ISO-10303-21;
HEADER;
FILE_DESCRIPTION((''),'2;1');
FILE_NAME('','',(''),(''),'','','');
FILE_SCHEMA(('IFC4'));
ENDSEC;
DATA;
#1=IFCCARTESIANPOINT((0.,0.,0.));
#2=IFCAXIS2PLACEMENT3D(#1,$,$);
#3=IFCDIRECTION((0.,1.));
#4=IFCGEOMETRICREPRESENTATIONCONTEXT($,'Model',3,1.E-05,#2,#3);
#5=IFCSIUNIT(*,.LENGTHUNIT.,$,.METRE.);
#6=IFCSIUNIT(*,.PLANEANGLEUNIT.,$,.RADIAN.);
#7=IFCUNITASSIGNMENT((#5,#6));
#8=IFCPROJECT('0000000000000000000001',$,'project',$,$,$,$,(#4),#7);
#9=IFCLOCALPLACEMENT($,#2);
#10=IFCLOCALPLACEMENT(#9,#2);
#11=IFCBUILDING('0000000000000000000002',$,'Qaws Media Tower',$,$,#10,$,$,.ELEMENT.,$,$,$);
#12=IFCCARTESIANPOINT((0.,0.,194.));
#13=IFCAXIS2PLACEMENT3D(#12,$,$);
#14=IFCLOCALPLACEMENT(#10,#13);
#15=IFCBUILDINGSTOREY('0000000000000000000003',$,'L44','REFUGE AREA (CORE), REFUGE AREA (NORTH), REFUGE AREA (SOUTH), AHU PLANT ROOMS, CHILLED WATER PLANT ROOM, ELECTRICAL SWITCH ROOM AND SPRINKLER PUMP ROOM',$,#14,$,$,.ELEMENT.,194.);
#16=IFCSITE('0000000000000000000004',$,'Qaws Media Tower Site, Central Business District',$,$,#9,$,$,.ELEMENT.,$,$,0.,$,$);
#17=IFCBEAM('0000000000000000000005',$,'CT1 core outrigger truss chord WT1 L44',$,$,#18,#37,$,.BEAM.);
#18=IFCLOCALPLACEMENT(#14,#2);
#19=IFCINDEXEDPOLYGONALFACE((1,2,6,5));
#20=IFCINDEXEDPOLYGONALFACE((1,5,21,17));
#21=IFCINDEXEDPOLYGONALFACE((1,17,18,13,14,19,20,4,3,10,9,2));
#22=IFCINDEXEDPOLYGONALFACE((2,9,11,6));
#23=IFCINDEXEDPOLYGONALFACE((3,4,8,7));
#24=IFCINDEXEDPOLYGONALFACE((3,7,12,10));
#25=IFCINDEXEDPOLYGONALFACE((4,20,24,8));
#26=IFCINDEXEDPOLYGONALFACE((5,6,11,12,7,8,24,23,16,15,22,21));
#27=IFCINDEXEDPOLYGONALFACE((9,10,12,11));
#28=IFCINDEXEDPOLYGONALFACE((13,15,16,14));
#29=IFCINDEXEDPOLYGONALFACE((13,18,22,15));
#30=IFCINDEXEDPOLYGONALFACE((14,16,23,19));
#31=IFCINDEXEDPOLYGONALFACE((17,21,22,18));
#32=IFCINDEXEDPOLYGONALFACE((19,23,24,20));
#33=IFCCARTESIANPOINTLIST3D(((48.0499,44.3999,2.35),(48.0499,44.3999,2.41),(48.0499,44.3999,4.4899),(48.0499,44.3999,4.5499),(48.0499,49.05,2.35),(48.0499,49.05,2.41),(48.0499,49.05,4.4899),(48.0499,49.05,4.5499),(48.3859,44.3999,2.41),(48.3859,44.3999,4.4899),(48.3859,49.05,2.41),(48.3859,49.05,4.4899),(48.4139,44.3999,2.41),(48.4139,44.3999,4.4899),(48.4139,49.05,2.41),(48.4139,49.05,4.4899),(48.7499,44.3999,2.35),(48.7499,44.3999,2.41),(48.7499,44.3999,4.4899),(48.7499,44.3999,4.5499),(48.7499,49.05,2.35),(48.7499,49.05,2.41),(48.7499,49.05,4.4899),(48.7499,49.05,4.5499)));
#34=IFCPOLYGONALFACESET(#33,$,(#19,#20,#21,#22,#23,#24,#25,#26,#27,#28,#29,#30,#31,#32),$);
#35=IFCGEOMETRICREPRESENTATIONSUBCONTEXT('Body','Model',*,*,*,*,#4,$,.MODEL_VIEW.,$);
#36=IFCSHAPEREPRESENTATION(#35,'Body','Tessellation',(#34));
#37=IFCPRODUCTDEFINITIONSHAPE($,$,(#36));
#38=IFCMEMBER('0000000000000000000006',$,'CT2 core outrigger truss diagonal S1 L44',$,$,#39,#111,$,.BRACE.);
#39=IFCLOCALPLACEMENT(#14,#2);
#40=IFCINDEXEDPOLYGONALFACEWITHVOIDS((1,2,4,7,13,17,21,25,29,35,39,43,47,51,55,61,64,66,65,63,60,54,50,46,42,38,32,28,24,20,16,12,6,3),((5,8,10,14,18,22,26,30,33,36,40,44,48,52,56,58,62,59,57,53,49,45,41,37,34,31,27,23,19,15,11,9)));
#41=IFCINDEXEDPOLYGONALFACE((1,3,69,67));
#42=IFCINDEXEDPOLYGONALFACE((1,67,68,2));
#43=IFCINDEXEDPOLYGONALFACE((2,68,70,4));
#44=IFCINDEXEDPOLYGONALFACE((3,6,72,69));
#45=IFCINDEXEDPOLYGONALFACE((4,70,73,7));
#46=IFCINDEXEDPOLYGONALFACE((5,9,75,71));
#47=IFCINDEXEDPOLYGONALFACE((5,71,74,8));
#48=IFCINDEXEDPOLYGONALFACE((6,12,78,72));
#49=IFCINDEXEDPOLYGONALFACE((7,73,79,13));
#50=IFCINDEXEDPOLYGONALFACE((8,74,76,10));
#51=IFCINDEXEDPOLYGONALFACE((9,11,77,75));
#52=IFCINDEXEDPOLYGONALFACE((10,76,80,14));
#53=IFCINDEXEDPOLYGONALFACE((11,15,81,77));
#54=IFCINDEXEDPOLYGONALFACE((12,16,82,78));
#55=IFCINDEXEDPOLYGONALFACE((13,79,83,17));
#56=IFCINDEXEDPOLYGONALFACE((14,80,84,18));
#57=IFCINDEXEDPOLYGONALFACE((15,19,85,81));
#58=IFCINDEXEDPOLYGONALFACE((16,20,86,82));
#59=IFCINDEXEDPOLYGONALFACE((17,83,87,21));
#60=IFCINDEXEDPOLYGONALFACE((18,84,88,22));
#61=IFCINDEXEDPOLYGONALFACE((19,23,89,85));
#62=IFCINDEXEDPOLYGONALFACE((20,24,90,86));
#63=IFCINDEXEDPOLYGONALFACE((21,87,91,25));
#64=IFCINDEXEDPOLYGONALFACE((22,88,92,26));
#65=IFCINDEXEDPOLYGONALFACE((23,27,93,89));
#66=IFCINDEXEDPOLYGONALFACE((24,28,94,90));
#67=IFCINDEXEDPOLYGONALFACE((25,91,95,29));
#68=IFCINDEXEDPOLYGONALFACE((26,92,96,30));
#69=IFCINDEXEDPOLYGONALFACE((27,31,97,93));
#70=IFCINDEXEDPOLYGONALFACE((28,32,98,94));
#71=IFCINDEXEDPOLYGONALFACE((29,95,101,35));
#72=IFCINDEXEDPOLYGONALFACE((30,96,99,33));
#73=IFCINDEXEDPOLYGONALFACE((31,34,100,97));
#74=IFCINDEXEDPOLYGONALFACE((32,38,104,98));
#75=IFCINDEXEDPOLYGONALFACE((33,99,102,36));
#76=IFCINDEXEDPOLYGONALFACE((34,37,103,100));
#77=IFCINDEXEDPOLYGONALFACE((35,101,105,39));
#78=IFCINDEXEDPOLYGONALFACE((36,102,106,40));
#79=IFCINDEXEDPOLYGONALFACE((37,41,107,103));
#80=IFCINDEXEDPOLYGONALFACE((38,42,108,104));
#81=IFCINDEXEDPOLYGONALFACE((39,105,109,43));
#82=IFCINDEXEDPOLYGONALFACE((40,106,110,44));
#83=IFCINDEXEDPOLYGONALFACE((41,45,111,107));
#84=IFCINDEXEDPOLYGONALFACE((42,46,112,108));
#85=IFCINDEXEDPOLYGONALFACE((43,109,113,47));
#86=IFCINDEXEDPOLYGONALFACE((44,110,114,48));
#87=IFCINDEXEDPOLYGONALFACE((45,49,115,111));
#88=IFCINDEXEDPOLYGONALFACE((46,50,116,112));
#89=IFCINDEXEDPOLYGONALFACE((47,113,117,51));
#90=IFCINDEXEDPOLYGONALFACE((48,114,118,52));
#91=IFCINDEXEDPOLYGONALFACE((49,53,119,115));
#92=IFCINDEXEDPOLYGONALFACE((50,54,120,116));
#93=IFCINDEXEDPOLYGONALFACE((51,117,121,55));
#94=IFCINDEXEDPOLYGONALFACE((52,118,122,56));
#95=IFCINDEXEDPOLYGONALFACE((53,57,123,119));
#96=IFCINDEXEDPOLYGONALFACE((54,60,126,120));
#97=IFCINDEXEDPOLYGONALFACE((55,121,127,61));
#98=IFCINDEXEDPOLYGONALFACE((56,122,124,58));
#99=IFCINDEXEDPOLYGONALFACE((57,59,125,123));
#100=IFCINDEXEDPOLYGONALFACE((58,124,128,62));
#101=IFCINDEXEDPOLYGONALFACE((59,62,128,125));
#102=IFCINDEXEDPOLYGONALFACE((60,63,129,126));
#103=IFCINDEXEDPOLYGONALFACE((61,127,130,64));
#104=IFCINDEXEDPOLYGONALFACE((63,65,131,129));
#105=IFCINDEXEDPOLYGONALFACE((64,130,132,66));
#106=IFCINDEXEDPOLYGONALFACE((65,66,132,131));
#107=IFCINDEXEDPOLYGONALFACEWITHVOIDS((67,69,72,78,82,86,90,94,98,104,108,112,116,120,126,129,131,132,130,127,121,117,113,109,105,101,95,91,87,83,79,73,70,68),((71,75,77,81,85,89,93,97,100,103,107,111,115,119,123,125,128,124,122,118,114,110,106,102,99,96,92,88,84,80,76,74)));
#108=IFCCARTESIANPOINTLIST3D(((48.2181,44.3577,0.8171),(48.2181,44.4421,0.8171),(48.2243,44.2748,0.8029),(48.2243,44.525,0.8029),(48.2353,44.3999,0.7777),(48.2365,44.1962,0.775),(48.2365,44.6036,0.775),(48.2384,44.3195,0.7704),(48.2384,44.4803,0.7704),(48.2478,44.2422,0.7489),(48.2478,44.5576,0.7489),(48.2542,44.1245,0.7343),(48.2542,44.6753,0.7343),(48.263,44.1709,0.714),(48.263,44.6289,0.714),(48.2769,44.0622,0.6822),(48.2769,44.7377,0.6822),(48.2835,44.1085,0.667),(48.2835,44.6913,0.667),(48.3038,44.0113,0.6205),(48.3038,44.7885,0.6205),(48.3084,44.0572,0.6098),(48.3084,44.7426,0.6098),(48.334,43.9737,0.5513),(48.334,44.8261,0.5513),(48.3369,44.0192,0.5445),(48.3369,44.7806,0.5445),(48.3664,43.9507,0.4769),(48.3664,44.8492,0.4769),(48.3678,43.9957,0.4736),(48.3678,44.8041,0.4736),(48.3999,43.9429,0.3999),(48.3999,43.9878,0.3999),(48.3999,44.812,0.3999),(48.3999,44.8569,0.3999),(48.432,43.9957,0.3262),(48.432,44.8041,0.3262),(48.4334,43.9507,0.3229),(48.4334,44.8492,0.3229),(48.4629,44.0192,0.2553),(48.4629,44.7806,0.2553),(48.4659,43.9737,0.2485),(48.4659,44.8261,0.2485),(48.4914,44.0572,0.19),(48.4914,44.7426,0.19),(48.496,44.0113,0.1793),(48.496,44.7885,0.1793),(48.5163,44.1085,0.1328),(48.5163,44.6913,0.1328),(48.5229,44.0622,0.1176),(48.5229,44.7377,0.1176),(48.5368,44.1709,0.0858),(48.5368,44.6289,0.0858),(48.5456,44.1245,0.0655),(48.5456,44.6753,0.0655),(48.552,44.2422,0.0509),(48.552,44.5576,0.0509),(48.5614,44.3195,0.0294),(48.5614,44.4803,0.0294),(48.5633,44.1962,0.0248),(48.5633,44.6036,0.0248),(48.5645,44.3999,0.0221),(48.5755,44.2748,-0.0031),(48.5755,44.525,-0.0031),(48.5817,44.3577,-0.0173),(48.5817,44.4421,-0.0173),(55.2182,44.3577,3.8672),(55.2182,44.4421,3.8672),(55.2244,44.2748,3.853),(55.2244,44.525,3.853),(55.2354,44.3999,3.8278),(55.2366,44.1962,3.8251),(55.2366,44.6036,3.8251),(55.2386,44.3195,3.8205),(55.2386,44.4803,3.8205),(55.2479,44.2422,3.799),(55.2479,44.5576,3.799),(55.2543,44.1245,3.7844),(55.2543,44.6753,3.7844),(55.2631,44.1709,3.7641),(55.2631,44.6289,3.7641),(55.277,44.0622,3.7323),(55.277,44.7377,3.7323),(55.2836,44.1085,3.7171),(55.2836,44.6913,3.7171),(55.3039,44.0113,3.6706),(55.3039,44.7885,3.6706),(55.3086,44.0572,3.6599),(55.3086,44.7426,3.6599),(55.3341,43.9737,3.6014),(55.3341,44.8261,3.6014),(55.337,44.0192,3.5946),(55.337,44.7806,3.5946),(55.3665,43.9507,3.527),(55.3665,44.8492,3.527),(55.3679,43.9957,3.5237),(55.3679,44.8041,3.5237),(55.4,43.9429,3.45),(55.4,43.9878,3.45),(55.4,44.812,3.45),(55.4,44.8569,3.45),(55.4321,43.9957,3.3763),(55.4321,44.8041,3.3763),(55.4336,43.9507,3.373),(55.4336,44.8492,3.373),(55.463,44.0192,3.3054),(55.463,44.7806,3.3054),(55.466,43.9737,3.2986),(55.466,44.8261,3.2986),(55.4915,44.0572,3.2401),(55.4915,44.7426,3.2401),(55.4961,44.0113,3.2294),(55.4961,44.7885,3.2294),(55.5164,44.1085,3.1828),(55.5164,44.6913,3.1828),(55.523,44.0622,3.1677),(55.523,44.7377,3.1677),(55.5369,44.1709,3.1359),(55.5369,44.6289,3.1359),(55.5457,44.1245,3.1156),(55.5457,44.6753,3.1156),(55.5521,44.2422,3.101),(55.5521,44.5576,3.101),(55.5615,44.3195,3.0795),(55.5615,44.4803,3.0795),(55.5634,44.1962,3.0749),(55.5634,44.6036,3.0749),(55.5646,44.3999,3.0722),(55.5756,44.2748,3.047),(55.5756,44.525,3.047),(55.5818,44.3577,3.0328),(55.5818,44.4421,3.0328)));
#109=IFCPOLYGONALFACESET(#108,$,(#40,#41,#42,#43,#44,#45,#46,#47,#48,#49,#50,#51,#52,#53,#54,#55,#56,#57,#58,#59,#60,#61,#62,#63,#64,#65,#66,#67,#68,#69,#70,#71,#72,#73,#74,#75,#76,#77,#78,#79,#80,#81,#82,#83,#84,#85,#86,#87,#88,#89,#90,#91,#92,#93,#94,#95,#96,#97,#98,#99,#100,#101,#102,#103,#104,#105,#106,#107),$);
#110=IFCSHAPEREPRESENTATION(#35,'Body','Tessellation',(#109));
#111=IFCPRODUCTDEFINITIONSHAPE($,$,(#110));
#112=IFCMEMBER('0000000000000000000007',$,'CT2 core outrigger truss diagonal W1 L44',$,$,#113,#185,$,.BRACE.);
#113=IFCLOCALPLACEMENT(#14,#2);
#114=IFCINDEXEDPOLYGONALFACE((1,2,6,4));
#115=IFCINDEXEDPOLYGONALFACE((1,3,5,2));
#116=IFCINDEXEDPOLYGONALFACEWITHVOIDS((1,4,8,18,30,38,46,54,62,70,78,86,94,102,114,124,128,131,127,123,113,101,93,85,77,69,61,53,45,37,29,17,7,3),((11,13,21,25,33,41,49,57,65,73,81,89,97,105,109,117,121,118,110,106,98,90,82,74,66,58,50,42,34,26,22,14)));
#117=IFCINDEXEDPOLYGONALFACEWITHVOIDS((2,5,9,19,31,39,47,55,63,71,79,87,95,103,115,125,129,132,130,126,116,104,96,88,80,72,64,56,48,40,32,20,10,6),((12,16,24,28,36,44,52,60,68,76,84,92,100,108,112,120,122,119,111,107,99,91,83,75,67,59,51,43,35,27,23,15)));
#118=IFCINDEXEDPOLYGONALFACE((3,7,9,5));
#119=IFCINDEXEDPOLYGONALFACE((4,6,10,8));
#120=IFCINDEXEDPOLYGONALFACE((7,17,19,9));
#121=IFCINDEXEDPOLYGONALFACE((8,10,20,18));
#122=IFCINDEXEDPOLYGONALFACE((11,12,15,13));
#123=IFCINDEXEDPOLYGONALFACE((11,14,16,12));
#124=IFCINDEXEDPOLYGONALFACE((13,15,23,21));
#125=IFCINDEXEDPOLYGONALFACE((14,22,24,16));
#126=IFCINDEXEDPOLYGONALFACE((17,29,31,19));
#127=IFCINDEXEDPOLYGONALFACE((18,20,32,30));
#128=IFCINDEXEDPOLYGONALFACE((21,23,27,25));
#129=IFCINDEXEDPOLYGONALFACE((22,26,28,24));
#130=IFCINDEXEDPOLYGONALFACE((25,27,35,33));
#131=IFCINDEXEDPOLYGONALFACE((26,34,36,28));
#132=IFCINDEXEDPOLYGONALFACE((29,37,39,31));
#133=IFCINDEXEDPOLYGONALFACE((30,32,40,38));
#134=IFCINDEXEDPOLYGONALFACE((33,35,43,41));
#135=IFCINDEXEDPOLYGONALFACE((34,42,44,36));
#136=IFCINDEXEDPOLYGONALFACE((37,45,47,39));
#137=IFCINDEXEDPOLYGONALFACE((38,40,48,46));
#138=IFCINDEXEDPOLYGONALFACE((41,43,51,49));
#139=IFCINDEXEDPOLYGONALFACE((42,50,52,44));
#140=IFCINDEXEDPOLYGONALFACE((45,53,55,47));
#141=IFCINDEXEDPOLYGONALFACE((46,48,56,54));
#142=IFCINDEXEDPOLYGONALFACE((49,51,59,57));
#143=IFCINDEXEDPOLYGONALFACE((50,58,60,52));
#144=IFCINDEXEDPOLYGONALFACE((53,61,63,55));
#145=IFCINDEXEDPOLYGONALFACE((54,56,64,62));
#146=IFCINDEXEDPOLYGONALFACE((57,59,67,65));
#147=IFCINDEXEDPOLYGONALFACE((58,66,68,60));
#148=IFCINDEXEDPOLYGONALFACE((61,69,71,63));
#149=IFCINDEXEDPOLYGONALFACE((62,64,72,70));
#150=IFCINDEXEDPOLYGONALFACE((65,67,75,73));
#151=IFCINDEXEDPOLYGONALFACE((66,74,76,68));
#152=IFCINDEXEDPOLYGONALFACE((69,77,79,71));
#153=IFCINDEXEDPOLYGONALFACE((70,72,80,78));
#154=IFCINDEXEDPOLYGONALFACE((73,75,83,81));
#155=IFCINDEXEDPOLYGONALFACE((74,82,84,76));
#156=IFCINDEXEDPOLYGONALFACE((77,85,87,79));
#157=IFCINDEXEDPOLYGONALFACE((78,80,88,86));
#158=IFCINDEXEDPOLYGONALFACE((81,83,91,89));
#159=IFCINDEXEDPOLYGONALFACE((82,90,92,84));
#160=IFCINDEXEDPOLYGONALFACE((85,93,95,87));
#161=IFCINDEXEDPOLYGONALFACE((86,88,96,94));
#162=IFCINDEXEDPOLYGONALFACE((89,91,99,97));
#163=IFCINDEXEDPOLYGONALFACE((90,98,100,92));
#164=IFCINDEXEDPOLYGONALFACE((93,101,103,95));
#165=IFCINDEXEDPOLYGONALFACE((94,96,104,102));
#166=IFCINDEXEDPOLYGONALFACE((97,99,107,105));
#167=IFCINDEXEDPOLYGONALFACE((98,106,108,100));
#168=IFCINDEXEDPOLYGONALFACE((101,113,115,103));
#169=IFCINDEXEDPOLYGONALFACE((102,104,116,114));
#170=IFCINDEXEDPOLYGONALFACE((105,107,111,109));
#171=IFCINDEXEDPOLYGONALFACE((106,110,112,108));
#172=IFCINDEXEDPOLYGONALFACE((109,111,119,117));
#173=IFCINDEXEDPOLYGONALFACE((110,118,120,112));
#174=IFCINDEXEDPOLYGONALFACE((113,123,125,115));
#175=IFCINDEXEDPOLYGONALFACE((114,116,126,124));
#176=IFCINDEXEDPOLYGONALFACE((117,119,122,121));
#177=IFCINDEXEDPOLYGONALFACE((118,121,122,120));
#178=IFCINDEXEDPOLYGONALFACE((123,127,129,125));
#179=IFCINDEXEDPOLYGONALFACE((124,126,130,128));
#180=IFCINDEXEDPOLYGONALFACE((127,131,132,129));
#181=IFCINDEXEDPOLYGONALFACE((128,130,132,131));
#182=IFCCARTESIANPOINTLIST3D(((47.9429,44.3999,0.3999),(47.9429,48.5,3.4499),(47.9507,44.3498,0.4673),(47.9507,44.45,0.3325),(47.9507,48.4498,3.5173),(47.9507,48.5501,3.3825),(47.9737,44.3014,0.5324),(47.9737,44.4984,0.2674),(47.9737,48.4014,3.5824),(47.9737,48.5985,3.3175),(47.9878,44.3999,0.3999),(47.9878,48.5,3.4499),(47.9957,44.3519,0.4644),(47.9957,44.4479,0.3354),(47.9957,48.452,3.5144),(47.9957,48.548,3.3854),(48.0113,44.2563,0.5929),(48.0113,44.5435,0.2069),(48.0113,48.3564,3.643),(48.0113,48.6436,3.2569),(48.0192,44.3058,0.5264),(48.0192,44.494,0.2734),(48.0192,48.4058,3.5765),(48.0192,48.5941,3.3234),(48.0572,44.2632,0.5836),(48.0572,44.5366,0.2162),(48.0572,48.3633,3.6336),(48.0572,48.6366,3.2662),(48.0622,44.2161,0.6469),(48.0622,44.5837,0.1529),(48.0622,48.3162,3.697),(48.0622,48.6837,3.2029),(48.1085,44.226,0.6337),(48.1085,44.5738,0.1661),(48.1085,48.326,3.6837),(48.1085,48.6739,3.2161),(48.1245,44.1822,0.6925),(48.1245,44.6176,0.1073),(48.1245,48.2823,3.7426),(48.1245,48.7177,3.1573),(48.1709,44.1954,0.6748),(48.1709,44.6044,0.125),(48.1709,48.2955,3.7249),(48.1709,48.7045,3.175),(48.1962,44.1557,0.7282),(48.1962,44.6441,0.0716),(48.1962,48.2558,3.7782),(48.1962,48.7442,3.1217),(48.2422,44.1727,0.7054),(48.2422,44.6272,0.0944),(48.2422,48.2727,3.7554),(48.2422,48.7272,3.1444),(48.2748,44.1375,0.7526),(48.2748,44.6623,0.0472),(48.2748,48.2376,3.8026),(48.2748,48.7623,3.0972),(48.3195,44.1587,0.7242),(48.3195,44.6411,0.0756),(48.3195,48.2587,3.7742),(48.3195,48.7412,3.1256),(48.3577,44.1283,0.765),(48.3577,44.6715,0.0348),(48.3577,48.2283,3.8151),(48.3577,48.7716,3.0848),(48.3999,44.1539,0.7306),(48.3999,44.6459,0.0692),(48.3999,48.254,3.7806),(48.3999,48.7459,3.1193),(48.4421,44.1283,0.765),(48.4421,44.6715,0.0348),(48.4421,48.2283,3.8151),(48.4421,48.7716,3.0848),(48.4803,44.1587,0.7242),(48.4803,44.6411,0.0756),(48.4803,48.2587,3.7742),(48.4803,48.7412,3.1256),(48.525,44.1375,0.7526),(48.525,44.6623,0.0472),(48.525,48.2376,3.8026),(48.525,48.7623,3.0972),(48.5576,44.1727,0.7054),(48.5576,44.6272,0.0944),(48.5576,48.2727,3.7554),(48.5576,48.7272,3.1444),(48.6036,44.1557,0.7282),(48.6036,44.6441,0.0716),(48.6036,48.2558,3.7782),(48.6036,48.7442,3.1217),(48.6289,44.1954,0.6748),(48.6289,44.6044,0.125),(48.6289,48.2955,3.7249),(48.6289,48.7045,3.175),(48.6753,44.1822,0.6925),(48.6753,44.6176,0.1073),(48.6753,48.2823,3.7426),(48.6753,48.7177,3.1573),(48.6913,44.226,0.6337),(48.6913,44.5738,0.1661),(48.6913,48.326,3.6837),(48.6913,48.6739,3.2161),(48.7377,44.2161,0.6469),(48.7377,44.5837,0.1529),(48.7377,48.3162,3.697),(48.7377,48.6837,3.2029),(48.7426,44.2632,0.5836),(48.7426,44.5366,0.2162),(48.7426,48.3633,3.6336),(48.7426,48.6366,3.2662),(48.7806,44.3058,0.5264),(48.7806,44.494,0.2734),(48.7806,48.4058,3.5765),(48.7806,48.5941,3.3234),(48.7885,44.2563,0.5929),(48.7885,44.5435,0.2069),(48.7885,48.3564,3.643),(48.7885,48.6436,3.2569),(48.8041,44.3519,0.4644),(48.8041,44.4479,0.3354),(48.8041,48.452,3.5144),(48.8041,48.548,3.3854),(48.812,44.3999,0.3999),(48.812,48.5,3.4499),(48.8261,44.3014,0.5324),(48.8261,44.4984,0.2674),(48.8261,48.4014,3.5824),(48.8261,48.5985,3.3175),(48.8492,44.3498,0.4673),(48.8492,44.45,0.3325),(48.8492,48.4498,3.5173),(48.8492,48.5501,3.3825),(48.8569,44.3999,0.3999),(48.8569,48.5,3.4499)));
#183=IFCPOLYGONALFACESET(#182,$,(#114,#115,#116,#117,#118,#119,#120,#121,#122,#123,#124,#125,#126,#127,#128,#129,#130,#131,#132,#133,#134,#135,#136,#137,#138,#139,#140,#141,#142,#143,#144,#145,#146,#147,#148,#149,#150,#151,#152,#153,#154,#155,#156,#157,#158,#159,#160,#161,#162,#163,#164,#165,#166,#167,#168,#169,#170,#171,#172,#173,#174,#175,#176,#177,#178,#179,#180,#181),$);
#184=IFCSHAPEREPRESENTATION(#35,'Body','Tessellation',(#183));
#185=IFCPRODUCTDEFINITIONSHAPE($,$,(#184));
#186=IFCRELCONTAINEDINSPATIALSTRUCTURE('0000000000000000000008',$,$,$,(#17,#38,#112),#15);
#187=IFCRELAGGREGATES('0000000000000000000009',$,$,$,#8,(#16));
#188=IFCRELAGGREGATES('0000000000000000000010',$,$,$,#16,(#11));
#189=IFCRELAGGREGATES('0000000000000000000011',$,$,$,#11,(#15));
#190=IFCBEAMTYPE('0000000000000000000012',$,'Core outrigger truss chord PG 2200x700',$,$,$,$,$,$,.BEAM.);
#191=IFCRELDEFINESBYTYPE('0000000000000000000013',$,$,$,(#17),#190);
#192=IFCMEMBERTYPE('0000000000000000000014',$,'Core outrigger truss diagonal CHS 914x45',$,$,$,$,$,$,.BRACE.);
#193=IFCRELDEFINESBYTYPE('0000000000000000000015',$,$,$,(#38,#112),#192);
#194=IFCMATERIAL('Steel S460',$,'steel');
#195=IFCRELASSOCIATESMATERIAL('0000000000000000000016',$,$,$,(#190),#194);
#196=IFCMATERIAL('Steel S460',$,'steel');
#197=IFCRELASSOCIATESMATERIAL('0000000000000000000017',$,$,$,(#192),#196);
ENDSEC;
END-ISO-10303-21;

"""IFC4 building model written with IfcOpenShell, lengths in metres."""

from ifc_helpers import new_model, si_unit, direction, frame, origin, origin_2d, place, context, subcontext, project, spatial, hollow_circle, i_section, extrude, material, material_profile, profile_set, type_object, element, save


model = new_model("IFC4")

# Units and contexts
model_context = context("Model", 3, precision=1e-05, world=origin(), true_north=direction((0.0, 1.0)))
body_context = subcontext(model_context, "Body", "Model", "MODEL_VIEW")
ifc_project = project(units=[si_unit("LENGTHUNIT", "METRE"), si_unit("PLANEANGLEUNIT", "RADIAN")], contexts=[model_context])

# Site, building, storey
site_placement = place(None, origin())
site = spatial("IfcSite", under=ifc_project, at=site_placement, Name="Qaws Media Tower Site, Central Business District", CompositionType="ELEMENT", RefElevation=0.0)
building_placement = place(site_placement, origin())
building = spatial("IfcBuilding", under=site, at=building_placement, Name="Qaws Media Tower", CompositionType="ELEMENT")
storey_placement = place(building_placement, frame((0.0, 0.0, 194.0)))
storey = spatial("IfcBuildingStorey", under=building, at=storey_placement, Name="L44", Description="REFUGE AREA (CORE), REFUGE AREA (NORTH), REFUGE AREA (SOUTH), AHU PLANT ROOMS, CHILLED WATER PLANT ROOM, ELECTRICAL SWITCH ROOM AND SPRINKLER PUMP ROOM", CompositionType="ELEMENT", Elevation=194.0)

# Beam
ifc_material_1 = material(Name="Steel S460", Category="steel")
ifc_material_profile_1 = material_profile(ifc_material_1, i_section(OverallWidth=0.7, OverallDepth=2.2, WebThickness=0.0281, FlangeThickness=0.0601, at=origin_2d()), Name="PG 2200x700")
ifc_profile_set_1 = profile_set([ifc_material_profile_1], Name="Steel S460")
beam_type_1 = type_object("IfcBeamType", Name="Core outrigger truss chord PG 2200x700", PredefinedType="BEAM", material=ifc_profile_set_1)
for number, where, z_axis, x_axis, name in (
    (1, (48.3999, 44.3999, 3.45), (0.0, 1.0, 0.0), (-1.0, 0.0, 0.0), "CT1 core outrigger truss chord WT1 L44"),
):
    element("IfcBeam", number, at=place(storey_placement, frame(where, z_axis=z_axis, x_axis=x_axis)), inside=storey, type_object=beam_type_1, Name=name, PredefinedType="BEAM", context=body_context, shape_type="SweptSolid", body=[
        extrude(i_section(OverallWidth=0.7, OverallDepth=2.2, WebThickness=0.0281, FlangeThickness=0.0601, at=origin_2d()), origin(), (0.0, 0.0, 1.0), 4.6501),
    ])

# Members
ifc_material_2 = material(Name="Steel S460", Category="steel")
ifc_material_profile_2 = material_profile(ifc_material_2, hollow_circle(Radius=0.457, WallThickness=0.0449, at=origin_2d()), Name="CHS 914x45")
ifc_profile_set_2 = profile_set([ifc_material_profile_2], Name="Steel S460")
member_type_1 = type_object("IfcMemberType", Name="Core outrigger truss diagonal CHS 914x45", PredefinedType="BRACE", material=ifc_profile_set_2)
member_1_placement = place(storey_placement, frame((48.3999, 44.3999, 0.3999), z_axis=(0.916755, 0.0, 0.39945), x_axis=(0.0, 1.0, 0.0)))
element("IfcMember", 2, at=member_1_placement, inside=storey, type_object=member_type_1, Name="CT2 core outrigger truss diagonal S1 L44", PredefinedType="BRACE", context=body_context, shape_type="SweptSolid", body=[
    extrude(hollow_circle(Radius=0.457, WallThickness=0.0449, at=origin_2d()), origin(), (0.0, 0.0, 1.0), 7.6357),
])
member_2_placement = place(storey_placement, frame((48.3999, 44.3999, 0.3999), z_axis=(0.0, 0.802344, 0.596861), x_axis=(-1.0, 0.0, 0.0)))
element("IfcMember", 3, at=member_2_placement, inside=storey, type_object=member_type_1, Name="CT2 core outrigger truss diagonal W1 L44", PredefinedType="BRACE", context=body_context, shape_type="SweptSolid", body=[
    extrude(hollow_circle(Radius=0.457, WallThickness=0.0449, at=origin_2d()), origin(), (0.0, 0.0, 1.0), 5.1101),
])

save(model, "model.ifc")
